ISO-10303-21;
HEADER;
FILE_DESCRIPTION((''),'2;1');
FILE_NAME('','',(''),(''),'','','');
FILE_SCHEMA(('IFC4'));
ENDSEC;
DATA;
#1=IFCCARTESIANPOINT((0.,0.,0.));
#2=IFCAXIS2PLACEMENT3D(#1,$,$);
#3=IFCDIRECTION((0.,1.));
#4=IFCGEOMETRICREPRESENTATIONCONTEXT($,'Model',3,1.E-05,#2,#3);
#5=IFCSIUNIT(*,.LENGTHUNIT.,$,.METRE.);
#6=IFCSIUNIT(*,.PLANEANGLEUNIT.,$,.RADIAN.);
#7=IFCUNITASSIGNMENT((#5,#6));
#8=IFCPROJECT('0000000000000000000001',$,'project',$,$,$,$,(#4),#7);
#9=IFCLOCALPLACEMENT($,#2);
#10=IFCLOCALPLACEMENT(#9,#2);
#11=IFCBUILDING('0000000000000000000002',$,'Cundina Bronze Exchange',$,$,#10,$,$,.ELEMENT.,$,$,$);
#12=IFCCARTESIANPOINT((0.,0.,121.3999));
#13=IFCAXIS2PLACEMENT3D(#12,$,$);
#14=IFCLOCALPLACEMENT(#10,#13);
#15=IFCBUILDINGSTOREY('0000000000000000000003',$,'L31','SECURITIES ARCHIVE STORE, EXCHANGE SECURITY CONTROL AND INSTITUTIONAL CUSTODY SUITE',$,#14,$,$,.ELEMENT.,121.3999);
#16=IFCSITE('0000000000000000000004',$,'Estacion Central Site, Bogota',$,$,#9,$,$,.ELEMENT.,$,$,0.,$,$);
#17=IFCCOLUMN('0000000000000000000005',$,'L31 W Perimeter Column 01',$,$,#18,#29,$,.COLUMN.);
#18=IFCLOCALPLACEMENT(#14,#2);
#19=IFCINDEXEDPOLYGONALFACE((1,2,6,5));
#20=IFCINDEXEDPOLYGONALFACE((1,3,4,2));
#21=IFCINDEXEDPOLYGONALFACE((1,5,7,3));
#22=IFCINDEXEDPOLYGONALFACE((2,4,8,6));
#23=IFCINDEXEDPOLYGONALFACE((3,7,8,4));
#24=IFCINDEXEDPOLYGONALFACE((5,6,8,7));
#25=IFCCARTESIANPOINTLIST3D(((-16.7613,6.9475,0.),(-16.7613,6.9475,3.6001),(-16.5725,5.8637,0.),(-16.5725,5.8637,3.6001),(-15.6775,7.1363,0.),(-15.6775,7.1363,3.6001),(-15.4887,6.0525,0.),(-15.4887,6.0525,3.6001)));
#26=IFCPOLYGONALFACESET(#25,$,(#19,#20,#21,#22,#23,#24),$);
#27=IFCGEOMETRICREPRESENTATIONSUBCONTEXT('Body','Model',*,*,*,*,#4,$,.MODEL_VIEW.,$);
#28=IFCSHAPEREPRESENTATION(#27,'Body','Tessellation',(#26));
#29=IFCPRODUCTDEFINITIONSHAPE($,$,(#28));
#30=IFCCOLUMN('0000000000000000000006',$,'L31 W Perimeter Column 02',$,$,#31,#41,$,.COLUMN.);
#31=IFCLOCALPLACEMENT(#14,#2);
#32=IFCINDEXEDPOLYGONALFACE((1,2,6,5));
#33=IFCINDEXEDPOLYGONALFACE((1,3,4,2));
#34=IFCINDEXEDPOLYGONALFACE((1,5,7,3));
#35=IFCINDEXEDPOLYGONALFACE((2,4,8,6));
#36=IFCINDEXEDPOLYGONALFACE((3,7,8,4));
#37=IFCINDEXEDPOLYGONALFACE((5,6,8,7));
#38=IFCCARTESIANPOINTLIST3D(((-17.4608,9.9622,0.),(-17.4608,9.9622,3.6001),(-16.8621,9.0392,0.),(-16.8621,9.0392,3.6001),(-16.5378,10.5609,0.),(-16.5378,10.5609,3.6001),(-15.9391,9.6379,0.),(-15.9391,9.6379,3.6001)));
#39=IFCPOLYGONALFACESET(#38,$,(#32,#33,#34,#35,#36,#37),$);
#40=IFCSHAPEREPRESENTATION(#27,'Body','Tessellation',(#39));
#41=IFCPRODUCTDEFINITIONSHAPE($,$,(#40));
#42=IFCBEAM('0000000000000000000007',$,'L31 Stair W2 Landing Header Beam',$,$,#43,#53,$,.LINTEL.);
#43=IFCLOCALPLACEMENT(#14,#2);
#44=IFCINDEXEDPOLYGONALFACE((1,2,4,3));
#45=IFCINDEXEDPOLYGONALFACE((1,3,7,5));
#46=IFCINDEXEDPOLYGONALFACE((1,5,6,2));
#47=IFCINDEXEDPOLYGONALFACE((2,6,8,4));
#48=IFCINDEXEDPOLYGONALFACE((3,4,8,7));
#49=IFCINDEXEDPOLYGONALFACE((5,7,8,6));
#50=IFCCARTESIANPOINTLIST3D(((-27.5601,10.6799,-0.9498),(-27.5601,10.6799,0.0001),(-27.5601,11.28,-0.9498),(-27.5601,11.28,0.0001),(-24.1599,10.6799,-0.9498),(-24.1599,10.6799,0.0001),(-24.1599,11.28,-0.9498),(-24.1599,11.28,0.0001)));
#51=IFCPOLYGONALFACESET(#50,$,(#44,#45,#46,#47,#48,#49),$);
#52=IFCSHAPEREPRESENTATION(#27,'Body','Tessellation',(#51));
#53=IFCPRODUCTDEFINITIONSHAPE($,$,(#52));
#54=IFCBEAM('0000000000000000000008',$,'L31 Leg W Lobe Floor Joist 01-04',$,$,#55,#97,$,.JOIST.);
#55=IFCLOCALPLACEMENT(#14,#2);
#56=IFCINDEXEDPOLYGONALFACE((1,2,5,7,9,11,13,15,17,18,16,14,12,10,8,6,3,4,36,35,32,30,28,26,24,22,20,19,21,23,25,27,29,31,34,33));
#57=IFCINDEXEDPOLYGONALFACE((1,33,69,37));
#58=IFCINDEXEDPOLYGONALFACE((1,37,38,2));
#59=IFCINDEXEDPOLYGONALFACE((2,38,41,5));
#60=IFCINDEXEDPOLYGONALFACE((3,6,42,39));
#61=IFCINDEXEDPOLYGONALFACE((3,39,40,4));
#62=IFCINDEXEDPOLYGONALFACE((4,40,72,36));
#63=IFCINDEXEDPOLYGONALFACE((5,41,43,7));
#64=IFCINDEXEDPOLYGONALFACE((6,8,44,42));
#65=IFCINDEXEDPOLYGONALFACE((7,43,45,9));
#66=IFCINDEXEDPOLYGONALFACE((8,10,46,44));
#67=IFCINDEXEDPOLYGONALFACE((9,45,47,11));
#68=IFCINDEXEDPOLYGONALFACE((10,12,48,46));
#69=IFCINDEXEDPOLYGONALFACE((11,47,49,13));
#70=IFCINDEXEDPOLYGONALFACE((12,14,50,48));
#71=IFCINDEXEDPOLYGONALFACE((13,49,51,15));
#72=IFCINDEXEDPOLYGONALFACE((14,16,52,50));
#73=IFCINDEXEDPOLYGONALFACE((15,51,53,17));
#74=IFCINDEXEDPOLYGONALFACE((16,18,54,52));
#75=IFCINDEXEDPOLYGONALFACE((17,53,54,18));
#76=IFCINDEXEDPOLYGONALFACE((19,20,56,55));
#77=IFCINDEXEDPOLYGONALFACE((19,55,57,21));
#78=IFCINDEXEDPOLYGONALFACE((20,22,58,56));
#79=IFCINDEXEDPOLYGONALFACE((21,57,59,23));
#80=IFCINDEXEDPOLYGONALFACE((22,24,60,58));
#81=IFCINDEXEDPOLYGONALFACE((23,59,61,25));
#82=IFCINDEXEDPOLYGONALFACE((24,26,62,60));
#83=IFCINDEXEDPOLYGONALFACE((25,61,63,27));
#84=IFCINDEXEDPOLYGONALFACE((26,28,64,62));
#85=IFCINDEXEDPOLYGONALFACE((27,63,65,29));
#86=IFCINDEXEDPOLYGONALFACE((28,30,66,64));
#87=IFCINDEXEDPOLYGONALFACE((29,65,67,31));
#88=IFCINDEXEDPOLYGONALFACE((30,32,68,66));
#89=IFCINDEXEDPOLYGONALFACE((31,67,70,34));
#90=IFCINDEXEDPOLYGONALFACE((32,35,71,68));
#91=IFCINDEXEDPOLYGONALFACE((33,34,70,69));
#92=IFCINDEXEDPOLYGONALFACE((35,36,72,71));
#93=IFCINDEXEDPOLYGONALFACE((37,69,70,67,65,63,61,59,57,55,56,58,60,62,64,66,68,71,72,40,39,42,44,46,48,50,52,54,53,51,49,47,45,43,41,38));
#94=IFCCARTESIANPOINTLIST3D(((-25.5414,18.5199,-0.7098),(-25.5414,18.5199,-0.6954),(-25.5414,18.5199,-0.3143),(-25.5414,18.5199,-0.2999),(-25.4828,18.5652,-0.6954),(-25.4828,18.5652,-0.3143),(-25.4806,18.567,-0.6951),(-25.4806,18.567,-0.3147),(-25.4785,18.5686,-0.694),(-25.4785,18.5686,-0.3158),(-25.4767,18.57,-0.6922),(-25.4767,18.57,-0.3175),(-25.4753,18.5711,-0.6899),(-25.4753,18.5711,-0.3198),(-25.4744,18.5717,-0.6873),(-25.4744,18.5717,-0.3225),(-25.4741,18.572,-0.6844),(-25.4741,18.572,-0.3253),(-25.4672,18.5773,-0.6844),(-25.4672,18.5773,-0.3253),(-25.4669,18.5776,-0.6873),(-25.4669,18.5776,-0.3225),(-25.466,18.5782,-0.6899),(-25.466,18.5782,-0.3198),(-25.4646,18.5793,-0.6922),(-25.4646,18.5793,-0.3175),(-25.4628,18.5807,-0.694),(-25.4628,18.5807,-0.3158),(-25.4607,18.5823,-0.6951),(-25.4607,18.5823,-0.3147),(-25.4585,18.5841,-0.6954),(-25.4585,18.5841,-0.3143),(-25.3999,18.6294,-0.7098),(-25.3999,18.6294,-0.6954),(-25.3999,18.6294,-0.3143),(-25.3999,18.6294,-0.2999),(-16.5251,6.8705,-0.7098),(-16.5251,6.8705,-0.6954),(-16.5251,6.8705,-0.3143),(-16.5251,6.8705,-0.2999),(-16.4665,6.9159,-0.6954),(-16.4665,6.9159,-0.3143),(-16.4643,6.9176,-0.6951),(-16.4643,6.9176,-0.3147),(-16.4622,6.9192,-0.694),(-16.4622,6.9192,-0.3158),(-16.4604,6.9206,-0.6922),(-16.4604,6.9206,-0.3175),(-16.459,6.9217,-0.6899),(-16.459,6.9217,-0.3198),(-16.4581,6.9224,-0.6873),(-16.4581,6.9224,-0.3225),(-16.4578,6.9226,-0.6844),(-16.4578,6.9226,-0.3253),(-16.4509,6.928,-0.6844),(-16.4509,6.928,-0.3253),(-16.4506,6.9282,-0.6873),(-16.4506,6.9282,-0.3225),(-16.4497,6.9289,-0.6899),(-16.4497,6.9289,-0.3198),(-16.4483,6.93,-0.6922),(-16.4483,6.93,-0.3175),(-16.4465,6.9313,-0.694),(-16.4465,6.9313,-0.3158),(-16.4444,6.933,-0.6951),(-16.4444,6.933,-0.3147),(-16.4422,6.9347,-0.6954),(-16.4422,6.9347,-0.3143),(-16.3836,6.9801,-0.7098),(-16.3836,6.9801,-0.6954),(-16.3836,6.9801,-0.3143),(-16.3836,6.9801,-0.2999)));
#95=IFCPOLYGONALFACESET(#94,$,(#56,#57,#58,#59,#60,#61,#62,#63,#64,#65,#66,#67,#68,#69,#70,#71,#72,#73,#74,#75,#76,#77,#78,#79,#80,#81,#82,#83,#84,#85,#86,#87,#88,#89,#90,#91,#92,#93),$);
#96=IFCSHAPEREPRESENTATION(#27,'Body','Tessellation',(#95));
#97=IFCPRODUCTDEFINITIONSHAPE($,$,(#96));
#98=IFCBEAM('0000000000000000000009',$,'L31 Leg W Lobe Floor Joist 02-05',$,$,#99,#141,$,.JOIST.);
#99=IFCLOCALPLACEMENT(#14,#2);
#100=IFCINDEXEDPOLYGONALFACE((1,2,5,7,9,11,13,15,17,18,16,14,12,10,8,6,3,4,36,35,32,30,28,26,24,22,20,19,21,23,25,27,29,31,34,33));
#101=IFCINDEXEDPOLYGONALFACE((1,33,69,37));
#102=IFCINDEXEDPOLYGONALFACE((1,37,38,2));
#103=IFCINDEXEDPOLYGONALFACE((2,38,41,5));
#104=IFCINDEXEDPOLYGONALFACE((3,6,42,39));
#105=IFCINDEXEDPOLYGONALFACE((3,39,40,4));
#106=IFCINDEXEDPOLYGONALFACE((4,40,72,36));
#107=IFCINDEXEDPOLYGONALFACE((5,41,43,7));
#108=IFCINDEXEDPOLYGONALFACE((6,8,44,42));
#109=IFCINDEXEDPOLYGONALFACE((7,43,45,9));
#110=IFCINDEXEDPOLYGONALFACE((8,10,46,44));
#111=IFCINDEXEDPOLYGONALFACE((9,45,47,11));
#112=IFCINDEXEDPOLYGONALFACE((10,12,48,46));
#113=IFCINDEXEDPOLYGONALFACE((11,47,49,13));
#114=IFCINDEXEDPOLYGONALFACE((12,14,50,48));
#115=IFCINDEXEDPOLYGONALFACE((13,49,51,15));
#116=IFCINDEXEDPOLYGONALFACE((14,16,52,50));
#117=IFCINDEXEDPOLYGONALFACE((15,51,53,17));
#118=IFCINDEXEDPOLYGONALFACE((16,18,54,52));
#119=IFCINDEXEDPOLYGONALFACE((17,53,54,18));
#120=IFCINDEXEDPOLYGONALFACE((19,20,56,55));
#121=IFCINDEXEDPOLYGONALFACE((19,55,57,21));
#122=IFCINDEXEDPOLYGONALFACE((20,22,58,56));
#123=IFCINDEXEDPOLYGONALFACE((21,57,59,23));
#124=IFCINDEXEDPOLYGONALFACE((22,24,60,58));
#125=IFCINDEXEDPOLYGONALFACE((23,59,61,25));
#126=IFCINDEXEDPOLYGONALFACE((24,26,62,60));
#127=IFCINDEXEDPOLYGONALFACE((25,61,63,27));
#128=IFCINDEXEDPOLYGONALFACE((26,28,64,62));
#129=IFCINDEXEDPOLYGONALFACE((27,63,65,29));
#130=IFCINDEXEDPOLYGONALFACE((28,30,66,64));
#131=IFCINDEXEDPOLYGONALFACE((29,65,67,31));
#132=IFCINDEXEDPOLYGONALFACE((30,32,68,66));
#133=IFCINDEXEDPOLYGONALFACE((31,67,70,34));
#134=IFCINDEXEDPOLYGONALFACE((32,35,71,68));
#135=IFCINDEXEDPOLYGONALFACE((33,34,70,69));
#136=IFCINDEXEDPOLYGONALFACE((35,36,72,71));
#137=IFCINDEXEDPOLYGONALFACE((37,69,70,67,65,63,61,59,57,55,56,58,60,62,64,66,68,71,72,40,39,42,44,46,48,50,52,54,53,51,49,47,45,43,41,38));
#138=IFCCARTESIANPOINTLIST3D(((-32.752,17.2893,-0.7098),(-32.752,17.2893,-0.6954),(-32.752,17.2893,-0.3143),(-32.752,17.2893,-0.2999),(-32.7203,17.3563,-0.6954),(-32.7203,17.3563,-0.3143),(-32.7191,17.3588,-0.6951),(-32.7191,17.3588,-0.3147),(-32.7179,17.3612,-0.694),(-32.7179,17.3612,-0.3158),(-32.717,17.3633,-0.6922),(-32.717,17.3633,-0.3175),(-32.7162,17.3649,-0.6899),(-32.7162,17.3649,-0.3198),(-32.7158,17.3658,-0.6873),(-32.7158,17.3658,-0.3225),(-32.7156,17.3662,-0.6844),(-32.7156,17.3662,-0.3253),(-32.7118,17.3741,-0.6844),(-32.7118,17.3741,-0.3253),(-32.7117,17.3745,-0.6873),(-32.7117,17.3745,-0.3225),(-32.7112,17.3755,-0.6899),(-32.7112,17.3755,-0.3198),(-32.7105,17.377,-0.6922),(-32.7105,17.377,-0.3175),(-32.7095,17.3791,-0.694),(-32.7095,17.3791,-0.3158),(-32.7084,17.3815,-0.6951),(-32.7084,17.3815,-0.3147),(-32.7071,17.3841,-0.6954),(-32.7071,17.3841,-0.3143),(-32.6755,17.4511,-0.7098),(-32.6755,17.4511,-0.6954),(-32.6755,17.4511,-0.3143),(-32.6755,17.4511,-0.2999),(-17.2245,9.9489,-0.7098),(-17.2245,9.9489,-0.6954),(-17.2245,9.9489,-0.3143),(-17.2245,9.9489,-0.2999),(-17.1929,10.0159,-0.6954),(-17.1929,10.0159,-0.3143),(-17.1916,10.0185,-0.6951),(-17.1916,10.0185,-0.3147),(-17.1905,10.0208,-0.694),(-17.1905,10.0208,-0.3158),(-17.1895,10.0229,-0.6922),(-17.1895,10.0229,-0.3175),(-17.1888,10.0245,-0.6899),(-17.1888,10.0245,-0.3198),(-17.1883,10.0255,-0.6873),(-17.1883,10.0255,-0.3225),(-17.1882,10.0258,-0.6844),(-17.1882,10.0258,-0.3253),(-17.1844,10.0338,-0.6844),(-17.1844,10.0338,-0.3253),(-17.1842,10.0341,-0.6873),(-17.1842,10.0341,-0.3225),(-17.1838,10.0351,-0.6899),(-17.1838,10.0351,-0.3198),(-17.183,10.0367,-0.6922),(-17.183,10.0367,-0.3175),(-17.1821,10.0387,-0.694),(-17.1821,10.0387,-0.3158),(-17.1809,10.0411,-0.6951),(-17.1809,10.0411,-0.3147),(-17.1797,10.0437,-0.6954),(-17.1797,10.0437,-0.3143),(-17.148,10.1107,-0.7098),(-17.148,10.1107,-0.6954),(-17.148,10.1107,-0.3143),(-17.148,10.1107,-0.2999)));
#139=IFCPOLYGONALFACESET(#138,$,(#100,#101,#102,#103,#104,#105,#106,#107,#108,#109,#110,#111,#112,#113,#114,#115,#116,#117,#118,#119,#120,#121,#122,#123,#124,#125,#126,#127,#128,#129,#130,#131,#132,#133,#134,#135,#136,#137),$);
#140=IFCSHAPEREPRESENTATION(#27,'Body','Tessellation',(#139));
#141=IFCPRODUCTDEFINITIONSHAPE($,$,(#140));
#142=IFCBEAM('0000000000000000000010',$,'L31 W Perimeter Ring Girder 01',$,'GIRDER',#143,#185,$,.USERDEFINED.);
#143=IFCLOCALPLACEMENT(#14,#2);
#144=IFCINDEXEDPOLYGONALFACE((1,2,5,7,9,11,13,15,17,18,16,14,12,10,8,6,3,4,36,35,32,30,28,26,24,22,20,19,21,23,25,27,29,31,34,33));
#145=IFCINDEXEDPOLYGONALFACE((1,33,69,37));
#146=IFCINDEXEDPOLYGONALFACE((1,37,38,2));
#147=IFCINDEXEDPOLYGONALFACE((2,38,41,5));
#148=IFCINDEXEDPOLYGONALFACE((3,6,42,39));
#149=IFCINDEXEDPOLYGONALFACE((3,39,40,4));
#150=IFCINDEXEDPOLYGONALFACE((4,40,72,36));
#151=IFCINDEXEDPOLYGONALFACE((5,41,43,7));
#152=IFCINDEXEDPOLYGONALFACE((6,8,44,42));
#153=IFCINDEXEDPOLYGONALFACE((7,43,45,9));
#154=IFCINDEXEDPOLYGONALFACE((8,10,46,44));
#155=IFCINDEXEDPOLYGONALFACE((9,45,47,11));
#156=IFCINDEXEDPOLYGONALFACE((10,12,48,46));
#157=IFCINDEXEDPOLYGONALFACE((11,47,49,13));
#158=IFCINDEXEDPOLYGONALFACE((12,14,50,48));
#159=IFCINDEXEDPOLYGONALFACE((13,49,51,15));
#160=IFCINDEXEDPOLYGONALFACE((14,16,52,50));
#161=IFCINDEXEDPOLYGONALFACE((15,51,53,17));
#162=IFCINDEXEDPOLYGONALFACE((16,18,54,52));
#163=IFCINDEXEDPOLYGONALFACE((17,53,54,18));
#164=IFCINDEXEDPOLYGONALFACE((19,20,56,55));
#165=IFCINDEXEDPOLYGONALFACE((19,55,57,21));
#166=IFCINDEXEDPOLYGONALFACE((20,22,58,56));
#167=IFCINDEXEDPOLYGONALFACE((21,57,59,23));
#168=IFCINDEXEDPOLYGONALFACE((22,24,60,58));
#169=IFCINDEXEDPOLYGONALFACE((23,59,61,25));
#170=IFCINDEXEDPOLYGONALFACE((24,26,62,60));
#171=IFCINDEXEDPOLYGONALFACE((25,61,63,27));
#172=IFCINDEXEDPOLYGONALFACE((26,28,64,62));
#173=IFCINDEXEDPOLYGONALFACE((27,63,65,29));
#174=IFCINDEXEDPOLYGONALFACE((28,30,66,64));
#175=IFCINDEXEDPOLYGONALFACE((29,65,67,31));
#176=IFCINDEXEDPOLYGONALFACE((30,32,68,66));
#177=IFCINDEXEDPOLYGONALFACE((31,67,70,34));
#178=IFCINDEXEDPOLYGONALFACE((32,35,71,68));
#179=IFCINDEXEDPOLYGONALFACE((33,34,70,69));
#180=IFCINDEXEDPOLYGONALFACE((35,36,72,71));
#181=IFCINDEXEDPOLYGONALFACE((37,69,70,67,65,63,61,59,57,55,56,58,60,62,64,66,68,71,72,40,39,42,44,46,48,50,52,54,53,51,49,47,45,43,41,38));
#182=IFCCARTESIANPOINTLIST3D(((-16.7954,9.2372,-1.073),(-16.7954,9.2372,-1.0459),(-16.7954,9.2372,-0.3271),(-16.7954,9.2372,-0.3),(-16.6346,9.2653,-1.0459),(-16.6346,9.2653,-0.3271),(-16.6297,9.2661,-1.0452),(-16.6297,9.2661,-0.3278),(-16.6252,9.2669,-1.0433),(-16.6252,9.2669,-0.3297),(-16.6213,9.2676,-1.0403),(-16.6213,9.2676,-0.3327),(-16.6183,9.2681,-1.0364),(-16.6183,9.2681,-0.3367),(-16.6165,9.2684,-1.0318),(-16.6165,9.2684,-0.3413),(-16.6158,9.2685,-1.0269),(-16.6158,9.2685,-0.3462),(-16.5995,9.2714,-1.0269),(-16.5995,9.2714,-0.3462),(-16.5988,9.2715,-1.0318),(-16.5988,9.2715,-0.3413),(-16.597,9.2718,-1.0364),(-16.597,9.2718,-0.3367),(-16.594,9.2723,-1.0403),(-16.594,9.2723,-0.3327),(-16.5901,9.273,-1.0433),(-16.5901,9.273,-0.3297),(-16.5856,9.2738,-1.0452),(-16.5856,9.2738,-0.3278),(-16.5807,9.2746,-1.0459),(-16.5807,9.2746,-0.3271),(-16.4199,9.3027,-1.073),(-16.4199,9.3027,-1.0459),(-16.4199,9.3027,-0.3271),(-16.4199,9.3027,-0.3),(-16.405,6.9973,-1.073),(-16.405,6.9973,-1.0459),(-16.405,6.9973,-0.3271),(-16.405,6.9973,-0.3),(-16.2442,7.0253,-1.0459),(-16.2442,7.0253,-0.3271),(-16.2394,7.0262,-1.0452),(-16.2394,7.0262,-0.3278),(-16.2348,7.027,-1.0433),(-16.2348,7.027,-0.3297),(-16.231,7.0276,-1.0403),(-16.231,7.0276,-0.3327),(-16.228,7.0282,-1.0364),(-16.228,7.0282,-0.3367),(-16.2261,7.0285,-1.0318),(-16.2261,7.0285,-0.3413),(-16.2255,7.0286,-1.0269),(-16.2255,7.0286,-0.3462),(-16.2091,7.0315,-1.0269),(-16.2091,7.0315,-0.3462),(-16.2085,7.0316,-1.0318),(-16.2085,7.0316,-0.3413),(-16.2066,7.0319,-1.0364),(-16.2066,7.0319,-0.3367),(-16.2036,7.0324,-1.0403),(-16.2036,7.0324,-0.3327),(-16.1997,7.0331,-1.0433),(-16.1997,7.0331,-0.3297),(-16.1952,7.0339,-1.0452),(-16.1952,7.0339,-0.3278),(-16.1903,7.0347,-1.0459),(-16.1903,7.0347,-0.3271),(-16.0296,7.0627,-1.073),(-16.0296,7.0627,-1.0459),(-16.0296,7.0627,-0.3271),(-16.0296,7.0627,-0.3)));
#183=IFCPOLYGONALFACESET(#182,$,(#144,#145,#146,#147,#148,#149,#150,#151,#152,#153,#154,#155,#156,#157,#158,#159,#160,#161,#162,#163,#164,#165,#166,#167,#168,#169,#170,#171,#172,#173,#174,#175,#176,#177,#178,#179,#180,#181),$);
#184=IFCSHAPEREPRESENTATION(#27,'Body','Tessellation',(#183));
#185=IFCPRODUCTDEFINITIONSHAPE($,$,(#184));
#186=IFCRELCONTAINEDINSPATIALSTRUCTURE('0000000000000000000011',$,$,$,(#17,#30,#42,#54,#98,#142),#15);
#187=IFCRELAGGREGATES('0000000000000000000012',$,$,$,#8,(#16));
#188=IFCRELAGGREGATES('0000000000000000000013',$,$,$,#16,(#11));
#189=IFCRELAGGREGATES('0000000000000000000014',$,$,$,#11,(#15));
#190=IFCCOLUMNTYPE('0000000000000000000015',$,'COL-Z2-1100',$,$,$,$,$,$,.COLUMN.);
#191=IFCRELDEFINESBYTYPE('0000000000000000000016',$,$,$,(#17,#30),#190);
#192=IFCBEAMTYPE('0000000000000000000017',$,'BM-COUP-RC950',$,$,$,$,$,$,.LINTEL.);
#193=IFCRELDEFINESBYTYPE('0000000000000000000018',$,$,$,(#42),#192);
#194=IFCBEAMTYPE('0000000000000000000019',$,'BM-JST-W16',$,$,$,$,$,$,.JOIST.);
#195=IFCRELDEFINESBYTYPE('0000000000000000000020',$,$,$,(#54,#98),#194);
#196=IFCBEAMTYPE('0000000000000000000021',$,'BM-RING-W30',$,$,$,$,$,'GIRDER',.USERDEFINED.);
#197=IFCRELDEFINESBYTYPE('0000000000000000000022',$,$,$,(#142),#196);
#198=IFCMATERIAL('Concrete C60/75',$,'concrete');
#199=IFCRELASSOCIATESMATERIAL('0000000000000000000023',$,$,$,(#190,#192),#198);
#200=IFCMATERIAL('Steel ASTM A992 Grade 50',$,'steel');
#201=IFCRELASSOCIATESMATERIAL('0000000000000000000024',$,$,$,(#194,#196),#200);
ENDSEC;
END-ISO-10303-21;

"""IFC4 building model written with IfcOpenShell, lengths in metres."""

from ifc_helpers import new_model, si_unit, direction, frame, origin, origin_2d, place, context, subcontext, project, spatial, rectangle, i_section, extrude, material, material_profile, profile_set, type_object, element, save


model = new_model("IFC4")

# Units and contexts
model_context = context("Model", 3, precision=1e-05, world=origin(), true_north=direction((0.0, 1.0)))
body_context = subcontext(model_context, "Body", "Model", "MODEL_VIEW")
ifc_project = project(units=[si_unit("LENGTHUNIT", "METRE"), si_unit("PLANEANGLEUNIT", "RADIAN")], contexts=[model_context])

# Site, building, storey
site_placement = place(None, origin())
site = spatial("IfcSite", under=ifc_project, at=site_placement, Name="Estacion Central Site, Bogota", CompositionType="ELEMENT", RefElevation=0.0)
building_placement = place(site_placement, origin())
building = spatial("IfcBuilding", under=site, at=building_placement, Name="Cundina Bronze Exchange", CompositionType="ELEMENT")
storey_placement = place(building_placement, frame((0.0, 0.0, 121.3999)))
storey = spatial("IfcBuildingStorey", under=building, at=storey_placement, Name="L31", Description="SECURITIES ARCHIVE STORE, EXCHANGE SECURITY CONTROL AND INSTITUTIONAL CUSTODY SUITE", CompositionType="ELEMENT", Elevation=121.3999)

# Columns
ifc_material_1 = material(Name="Concrete C60/75", Category="concrete")
ifc_material_profile_1 = material_profile(ifc_material_1, rectangle(XDim=1.1001, YDim=1.1001, at=origin_2d()), Name="RC1100X1100", Category="concrete")
ifc_profile_set_1 = profile_set([ifc_material_profile_1], Name="Concrete C60/75")
column_type = type_object("IfcColumnType", Name="COL-Z2-1100", PredefinedType="COLUMN", material=ifc_profile_set_1)
for number, where, z_axis, x_axis, name in (
    (1, (-16.125, 6.5, 0.0), (0.0, 0.0, 1.0), (-0.171585, 0.985169, 0.0), "L31 W Perimeter Column 01"),
    (2, (-16.7, 9.8, 0.0), (0.0, 0.0, 1.0), (-0.5442, 0.838956, 0.0), "L31 W Perimeter Column 02"),
):
    element("IfcColumn", number, at=place(storey_placement, frame(where, z_axis=z_axis, x_axis=x_axis)), inside=storey, type_object=column_type, Name=name, PredefinedType="COLUMN", context=body_context, shape_type="SweptSolid", body=[
        extrude(rectangle(XDim=1.1001, YDim=1.1001, at=origin_2d()), origin(), (0.0, 0.0, 1.0), 3.6001),
    ])

# Beams
ifc_material_profile_2 = material_profile(ifc_material_1, rectangle(XDim=0.6001, YDim=0.95, at=origin_2d()), Name="RC600X950", Category="concrete")
ifc_profile_set_2 = profile_set([ifc_material_profile_2], Name="Concrete C60/75")
beam_type_1 = type_object("IfcBeamType", Name="BM-COUP-RC950", PredefinedType="LINTEL", material=ifc_profile_set_2)
beam_1_placement = place(storey_placement, frame((-27.5601, 10.98, -0.4749), z_axis=(1.0, 0.0, 0.0), x_axis=(0.0, 1.0, 0.0)))
element("IfcBeam", 3, at=beam_1_placement, inside=storey, type_object=beam_type_1, Name="L31 Stair W2 Landing Header Beam", PredefinedType="LINTEL", context=body_context, shape_type="SweptSolid", body=[
    extrude(rectangle(XDim=0.6001, YDim=0.95, at=origin_2d()), origin(), (0.0, 0.0, 1.0), 3.4001),
])
ifc_material_2 = material(Name="Steel ASTM A992 Grade 50", Category="steel")
ifc_material_profile_3 = material_profile(ifc_material_2, i_section(OverallWidth=0.179, OverallDepth=0.4099, WebThickness=0.0088, FlangeThickness=0.0144, FilletRadius=0.011, at=origin_2d()), Name="W16X45", Category="steel")
ifc_profile_set_3 = profile_set([ifc_material_profile_3], Name="Steel ASTM A992 Grade 50")
beam_type_2 = type_object("IfcBeamType", Name="BM-JST-W16", PredefinedType="JOIST", material=ifc_profile_set_3)
beam_2_placement = place(storey_placement, frame((-16.4543, 6.9253, -0.5049), z_axis=(-0.612065, 0.790807, 0.0), x_axis=(-0.790807, -0.612065, 0.0)))
element("IfcBeam", 4, at=beam_2_placement, inside=storey, type_object=beam_type_2, Name="L31 Leg W Lobe Floor Joist 01-04", PredefinedType="JOIST", context=body_context, shape_type="SweptSolid", body=[
    extrude(i_section(OverallWidth=0.179, OverallDepth=0.4099, WebThickness=0.0088, FlangeThickness=0.0144, FilletRadius=0.011, at=origin_2d()), origin(), (0.0, 0.0, 1.0), 14.731),
])
beam_3_placement = place(storey_placement, frame((-17.1863, 10.0298, -0.5049), z_axis=(-0.904069, 0.427386, 0.0), x_axis=(-0.427386, -0.904069, 0.0)))
element("IfcBeam", 5, at=beam_3_placement, inside=storey, type_object=beam_type_2, Name="L31 Leg W Lobe Floor Joist 02-05", PredefinedType="JOIST", context=body_context, shape_type="SweptSolid", body=[
    extrude(i_section(OverallWidth=0.179, OverallDepth=0.4099, WebThickness=0.0088, FlangeThickness=0.0144, FilletRadius=0.011, at=origin_2d()), origin(), (0.0, 0.0, 1.0), 17.175),
])
ifc_material_profile_4 = material_profile(ifc_material_2, i_section(OverallWidth=0.3811, OverallDepth=0.7729, WebThickness=0.0166, FlangeThickness=0.0271, FilletRadius=0.019, at=origin_2d()), Name="W30X173", Category="steel")
ifc_profile_set_4 = profile_set([ifc_material_profile_4], Name="Steel ASTM A992 Grade 50")
beam_type_3 = type_object("IfcBeamType", Name="BM-RING-W30", ElementType="GIRDER", PredefinedType="USERDEFINED", material=ifc_profile_set_4)
beam_4_placement = place(storey_placement, frame((-16.2173, 7.03, -0.6865), z_axis=(-0.17169, 0.985151, 0.0), x_axis=(-0.985151, -0.17169, 0.0)))
element("IfcBeam", 6, at=beam_4_placement, inside=storey, type_object=beam_type_3, Name="L31 W Perimeter Ring Girder 01", ObjectType="GIRDER", PredefinedType="USERDEFINED", context=body_context, shape_type="SweptSolid", body=[
    extrude(i_section(OverallWidth=0.3811, OverallDepth=0.7729, WebThickness=0.0166, FlangeThickness=0.0271, FilletRadius=0.019, at=origin_2d()), origin(), (0.0, 0.0, 1.0), 2.2737),
])

save(model, "model.ifc")
